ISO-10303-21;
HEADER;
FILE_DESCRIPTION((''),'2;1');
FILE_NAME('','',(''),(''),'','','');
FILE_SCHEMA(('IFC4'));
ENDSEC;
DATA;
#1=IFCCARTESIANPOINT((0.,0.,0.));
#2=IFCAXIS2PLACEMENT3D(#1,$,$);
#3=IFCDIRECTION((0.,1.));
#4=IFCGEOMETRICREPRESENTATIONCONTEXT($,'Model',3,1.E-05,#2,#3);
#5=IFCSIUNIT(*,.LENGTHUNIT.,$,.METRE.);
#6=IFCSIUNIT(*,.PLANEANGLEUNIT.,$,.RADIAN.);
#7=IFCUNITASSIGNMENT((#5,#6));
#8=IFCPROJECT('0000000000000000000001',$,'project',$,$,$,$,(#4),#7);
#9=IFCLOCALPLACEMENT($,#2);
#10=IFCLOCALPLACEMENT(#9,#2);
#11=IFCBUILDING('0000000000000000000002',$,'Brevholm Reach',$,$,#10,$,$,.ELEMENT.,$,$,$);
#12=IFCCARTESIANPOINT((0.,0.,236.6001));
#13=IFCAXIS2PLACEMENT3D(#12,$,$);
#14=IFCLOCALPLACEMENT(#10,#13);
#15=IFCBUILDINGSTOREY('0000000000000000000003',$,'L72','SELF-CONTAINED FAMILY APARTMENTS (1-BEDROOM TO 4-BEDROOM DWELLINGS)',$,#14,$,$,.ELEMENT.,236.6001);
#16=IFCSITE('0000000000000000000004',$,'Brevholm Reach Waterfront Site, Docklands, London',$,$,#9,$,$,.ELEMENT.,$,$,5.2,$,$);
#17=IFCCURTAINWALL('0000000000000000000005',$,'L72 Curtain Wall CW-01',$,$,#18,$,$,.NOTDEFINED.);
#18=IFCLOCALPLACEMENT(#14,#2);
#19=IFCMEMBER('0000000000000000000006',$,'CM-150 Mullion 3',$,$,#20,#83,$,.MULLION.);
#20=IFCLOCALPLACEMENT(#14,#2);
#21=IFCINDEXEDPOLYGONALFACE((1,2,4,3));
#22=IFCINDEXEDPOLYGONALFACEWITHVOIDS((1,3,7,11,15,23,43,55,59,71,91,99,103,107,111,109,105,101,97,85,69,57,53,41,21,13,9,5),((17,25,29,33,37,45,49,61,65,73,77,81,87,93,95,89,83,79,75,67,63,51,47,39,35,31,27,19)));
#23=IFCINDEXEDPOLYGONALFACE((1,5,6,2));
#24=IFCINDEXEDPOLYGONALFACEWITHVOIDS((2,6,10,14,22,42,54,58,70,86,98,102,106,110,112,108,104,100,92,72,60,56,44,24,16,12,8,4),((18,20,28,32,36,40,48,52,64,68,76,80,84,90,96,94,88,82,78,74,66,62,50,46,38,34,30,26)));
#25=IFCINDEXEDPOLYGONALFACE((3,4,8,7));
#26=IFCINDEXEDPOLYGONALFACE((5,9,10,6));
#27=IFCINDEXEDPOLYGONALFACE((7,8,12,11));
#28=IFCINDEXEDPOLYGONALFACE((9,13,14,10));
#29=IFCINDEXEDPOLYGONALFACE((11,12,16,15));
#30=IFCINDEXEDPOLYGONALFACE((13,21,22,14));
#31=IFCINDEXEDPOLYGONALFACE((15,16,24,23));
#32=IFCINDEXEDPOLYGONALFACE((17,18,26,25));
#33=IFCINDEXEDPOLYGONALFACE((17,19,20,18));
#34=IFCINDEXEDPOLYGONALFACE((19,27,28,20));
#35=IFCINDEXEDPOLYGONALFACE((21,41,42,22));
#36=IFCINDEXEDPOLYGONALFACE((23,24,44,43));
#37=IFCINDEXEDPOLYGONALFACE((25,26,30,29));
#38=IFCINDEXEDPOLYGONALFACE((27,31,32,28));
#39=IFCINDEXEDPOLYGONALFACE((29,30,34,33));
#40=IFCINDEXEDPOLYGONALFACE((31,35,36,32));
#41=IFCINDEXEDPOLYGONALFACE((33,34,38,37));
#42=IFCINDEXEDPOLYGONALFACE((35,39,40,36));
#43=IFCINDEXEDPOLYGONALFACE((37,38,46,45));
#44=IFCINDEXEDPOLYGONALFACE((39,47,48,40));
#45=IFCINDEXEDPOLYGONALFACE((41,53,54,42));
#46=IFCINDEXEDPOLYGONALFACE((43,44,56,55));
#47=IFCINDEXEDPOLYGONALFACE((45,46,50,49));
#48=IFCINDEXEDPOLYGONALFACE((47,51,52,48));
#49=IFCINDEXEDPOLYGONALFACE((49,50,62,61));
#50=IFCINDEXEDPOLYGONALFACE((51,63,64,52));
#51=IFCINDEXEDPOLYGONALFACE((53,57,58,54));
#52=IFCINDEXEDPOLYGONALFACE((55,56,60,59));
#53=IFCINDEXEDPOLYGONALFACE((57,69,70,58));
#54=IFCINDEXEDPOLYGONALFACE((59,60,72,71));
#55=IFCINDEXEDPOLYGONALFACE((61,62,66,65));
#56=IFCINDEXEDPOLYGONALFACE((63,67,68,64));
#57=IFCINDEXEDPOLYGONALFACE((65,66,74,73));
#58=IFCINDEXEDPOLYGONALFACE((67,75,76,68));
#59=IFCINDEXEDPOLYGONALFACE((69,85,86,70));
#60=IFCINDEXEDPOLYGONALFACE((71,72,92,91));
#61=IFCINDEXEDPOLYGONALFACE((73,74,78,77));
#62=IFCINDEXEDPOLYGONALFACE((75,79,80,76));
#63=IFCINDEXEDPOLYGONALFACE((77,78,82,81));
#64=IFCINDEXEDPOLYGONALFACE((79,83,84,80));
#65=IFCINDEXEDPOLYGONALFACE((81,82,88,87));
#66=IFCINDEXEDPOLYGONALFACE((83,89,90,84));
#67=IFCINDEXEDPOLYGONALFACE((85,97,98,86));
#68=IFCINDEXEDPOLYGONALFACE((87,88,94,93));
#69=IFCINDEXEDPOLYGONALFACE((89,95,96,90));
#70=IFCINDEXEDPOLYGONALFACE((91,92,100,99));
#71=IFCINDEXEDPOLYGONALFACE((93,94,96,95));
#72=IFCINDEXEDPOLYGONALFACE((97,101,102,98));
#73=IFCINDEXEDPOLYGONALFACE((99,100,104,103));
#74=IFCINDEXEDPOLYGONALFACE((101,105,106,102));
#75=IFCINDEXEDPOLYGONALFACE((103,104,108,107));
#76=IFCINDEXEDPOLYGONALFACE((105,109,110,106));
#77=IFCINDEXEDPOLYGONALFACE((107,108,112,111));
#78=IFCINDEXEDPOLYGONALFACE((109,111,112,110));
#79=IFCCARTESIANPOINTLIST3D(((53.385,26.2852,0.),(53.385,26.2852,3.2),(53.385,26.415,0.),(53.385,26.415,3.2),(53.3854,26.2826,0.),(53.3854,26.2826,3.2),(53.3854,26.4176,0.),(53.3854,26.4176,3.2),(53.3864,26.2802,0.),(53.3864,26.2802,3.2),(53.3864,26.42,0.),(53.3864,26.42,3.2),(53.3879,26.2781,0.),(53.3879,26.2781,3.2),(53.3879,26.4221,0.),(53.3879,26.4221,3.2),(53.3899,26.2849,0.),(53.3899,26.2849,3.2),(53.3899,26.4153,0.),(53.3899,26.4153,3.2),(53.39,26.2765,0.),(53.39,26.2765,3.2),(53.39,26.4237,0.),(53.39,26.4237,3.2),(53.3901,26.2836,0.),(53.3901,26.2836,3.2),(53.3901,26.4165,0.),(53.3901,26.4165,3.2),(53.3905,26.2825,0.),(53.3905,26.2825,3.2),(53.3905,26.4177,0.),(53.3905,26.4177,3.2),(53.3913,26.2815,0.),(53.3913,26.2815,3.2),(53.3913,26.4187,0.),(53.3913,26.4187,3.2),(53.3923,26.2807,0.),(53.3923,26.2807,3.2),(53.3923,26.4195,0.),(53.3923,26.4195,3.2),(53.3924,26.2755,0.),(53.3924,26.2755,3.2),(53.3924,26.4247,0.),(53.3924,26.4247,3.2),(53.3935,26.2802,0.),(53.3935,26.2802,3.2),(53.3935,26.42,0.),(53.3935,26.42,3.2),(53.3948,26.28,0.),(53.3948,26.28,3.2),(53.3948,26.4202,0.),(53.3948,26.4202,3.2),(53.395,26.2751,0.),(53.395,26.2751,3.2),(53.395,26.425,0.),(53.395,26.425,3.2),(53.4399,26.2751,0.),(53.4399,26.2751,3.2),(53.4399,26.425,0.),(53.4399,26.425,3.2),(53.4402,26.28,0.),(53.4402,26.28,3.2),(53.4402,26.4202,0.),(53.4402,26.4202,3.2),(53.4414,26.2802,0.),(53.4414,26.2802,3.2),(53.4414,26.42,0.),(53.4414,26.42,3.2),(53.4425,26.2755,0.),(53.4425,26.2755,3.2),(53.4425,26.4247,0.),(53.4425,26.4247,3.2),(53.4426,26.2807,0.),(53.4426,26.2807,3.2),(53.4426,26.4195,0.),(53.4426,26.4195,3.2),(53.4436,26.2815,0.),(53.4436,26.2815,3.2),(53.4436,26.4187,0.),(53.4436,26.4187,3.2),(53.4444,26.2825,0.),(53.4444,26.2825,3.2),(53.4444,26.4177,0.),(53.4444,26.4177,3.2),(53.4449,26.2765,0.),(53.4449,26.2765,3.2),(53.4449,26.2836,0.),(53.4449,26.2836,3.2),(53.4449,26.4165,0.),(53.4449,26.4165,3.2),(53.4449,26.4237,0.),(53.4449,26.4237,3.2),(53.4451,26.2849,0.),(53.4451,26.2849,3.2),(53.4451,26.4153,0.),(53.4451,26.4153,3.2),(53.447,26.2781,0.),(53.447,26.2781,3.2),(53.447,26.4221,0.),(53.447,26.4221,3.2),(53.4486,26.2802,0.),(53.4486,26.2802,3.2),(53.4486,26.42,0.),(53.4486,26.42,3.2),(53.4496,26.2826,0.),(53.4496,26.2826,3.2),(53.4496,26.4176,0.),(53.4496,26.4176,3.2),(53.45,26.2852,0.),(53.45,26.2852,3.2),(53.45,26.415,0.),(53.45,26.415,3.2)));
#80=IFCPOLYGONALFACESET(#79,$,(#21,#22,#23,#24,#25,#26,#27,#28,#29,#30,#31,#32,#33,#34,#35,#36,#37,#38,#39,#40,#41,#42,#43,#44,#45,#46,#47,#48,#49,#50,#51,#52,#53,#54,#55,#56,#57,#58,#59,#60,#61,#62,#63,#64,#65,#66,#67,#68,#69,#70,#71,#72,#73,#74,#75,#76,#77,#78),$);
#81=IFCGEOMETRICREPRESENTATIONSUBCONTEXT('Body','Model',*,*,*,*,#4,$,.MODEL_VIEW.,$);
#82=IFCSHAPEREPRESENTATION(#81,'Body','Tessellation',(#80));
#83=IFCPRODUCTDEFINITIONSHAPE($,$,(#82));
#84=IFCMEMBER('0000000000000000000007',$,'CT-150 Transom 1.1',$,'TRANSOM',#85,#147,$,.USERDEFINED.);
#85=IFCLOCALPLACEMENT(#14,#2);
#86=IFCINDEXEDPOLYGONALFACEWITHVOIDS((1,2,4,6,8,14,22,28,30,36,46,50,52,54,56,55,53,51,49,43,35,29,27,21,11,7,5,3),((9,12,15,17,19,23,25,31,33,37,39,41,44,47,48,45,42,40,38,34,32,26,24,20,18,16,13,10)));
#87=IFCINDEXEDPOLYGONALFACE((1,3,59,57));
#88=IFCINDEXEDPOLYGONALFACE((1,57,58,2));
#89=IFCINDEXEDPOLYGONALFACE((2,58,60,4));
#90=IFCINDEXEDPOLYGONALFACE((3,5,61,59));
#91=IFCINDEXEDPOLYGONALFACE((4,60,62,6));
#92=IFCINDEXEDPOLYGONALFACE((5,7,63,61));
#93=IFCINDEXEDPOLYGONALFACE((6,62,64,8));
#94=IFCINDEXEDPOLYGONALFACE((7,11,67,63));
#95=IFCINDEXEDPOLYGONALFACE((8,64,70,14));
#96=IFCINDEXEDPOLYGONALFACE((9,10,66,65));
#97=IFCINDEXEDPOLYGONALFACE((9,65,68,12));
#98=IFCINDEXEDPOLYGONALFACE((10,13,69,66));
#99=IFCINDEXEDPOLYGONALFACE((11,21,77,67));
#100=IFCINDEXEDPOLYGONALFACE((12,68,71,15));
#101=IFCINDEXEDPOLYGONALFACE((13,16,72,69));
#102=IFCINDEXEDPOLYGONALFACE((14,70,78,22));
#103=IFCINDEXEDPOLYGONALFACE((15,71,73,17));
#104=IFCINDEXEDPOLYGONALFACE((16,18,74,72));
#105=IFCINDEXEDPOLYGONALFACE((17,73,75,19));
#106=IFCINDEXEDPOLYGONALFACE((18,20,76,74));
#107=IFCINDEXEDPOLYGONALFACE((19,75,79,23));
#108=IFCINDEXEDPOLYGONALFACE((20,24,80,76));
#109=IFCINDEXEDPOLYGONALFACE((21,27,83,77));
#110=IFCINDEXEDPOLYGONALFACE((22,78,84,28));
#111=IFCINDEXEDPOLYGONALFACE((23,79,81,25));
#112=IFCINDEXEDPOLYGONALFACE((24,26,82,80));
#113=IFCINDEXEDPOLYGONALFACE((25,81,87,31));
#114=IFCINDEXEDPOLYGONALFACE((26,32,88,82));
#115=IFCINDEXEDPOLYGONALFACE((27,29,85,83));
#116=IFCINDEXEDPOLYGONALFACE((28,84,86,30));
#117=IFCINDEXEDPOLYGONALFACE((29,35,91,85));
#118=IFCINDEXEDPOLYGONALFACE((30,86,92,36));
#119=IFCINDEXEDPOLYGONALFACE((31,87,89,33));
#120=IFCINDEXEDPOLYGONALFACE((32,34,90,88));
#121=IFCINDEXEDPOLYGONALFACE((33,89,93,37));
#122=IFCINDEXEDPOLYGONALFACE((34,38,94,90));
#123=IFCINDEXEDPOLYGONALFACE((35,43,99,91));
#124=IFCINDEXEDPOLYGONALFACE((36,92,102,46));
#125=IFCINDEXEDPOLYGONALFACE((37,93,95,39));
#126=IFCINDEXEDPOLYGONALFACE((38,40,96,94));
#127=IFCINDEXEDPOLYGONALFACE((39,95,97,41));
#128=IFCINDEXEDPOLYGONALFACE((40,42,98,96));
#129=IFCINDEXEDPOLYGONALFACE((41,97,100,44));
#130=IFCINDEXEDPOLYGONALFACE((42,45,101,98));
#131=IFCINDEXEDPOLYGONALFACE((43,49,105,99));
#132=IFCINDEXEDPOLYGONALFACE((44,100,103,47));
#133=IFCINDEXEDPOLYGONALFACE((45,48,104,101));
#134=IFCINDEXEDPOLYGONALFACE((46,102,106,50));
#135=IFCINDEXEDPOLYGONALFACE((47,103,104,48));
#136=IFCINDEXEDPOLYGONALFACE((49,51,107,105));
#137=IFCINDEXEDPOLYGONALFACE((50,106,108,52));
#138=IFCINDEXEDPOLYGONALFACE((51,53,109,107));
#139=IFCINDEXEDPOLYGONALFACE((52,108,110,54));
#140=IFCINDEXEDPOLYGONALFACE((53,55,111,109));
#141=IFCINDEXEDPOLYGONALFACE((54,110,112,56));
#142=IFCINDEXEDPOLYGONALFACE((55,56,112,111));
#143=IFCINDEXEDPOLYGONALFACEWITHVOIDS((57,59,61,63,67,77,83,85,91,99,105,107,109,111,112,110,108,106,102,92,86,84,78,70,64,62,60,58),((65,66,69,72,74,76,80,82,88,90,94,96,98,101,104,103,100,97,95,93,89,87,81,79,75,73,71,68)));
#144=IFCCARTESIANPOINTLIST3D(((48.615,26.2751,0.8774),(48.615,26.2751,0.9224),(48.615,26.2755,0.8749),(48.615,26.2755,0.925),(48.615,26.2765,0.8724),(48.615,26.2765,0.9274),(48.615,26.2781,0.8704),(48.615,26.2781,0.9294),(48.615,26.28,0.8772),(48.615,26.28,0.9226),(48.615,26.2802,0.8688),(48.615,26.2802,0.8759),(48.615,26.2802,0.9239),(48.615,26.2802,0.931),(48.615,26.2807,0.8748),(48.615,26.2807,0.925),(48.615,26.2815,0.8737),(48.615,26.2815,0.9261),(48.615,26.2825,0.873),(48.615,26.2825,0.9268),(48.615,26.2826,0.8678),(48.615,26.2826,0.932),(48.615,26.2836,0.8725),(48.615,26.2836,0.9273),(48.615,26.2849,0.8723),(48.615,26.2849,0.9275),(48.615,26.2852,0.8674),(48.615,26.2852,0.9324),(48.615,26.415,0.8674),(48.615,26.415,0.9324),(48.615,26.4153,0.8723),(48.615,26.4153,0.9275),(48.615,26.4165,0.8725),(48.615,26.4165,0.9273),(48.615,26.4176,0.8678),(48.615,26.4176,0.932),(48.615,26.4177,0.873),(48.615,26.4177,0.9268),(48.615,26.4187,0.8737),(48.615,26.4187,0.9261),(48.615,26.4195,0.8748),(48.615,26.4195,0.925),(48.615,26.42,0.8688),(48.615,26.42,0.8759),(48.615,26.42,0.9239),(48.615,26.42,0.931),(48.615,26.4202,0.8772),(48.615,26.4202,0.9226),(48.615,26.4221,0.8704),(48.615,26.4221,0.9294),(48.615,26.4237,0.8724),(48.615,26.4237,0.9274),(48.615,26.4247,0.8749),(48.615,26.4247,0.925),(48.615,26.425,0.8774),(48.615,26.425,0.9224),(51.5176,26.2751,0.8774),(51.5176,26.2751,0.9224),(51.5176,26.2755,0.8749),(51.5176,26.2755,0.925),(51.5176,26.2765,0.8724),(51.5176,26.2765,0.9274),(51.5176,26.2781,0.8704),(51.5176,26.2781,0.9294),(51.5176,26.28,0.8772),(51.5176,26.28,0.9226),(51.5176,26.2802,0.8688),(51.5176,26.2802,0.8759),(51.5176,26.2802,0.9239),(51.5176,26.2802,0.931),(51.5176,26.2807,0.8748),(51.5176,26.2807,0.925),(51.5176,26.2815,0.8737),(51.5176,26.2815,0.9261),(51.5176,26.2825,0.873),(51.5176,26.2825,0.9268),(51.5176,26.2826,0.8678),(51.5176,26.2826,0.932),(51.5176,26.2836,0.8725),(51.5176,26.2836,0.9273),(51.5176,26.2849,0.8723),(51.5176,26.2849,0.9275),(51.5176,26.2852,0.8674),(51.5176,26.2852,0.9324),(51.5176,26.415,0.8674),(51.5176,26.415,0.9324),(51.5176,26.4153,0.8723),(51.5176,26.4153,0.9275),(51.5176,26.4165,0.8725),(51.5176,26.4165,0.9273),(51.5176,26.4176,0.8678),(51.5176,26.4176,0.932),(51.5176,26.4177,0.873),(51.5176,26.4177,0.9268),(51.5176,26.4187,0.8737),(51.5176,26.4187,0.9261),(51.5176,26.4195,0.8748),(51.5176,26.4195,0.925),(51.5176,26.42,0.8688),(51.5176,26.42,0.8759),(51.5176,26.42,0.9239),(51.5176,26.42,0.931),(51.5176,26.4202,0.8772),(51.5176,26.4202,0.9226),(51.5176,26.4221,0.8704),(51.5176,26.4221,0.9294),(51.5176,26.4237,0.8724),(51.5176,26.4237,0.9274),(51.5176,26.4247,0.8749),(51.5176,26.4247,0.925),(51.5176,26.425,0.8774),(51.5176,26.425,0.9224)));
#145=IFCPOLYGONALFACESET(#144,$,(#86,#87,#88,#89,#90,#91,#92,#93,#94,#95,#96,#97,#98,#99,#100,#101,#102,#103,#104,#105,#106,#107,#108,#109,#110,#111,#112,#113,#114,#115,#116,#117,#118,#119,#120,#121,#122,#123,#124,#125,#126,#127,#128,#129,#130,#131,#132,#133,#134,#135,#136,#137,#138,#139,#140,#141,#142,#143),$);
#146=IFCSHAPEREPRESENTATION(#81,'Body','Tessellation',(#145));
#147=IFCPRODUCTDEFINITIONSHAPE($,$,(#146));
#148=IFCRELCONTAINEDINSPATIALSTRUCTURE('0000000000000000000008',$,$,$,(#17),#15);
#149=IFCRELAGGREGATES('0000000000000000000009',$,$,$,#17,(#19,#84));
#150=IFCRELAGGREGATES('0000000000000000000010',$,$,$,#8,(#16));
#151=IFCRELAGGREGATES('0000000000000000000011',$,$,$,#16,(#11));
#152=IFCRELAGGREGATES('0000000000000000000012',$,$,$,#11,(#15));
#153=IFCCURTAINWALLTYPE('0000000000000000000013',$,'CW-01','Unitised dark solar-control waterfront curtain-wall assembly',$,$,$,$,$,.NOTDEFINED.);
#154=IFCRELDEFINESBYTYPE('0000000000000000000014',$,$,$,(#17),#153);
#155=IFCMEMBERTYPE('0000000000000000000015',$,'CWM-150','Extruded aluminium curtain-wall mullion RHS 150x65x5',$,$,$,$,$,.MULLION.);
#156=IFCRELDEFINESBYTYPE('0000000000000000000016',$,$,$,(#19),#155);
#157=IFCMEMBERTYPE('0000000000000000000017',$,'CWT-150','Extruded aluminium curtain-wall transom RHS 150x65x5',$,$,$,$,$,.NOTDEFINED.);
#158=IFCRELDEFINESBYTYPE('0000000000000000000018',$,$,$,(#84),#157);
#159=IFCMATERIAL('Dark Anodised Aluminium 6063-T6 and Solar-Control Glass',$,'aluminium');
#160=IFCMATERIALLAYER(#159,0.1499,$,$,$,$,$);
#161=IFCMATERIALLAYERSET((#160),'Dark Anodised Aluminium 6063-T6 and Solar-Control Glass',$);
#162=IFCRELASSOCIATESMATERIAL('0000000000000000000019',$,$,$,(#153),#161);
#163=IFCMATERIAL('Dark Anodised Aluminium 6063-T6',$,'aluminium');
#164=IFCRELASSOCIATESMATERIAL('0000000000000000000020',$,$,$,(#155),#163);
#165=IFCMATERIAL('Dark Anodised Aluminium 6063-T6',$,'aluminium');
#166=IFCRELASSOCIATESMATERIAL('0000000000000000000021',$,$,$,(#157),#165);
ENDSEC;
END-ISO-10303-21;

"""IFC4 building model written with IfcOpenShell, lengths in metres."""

from ifc_helpers import new_model, si_unit, direction, frame, origin, origin_2d, place, context, subcontext, project, spatial, hollow_rectangle, extrude, material, layer, layer_set, material_profile, profile_set, type_object, element, aggregate, save


model = new_model("IFC4")

# Units and contexts
model_context = context("Model", 3, precision=1e-05, world=origin(), true_north=direction((0.0, 1.0)))
body_context = subcontext(model_context, "Body", "Model", "MODEL_VIEW")
ifc_project = project(units=[si_unit("LENGTHUNIT", "METRE"), si_unit("PLANEANGLEUNIT", "RADIAN")], contexts=[model_context])

# Site, building, storey
site_placement = place(None, origin())
site = spatial("IfcSite", under=ifc_project, at=site_placement, Name="Brevholm Reach Waterfront Site, Docklands, London", CompositionType="ELEMENT", RefElevation=5.2)
building_placement = place(site_placement, origin())
building = spatial("IfcBuilding", under=site, at=building_placement, Name="Brevholm Reach", CompositionType="ELEMENT")
storey_placement = place(building_placement, frame((0.0, 0.0, 236.6001)))
storey = spatial("IfcBuildingStorey", under=building, at=storey_placement, Name="L72", Description="SELF-CONTAINED FAMILY APARTMENTS (1-BEDROOM TO 4-BEDROOM DWELLINGS)", CompositionType="ELEMENT", Elevation=236.6001)

# Curtain wall, members
ifc_material_1 = material(Name="Dark Anodised Aluminium 6063-T6 and Solar-Control Glass", Category="aluminium")
ifc_layer_1 = layer(ifc_material_1, 0.1499)
ifc_layer_set_1 = layer_set([ifc_layer_1], Name="Dark Anodised Aluminium 6063-T6 and Solar-Control Glass")
curtain_wall_type = type_object("IfcCurtainWallType", Name="CW-01", Description="Unitised dark solar-control waterfront curtain-wall assembly", PredefinedType="NOTDEFINED", material=ifc_layer_set_1)
curtain_wall_1_placement = place(storey_placement, origin())
curtain_wall_1 = element("IfcCurtainWall", 1, at=curtain_wall_1_placement, inside=storey, type_object=curtain_wall_type, Name="L72 Curtain Wall CW-01", PredefinedType="NOTDEFINED")
ifc_material_2 = material(Name="Dark Anodised Aluminium 6063-T6", Category="aluminium")
ifc_material_profile_1 = material_profile(ifc_material_2, hollow_rectangle(XDim=0.0649, YDim=0.1499, WallThickness=0.0049, InnerFilletRadius=0.0049, OuterFilletRadius=0.01, at=origin_2d()), Name="RHS 150x65x5")
ifc_profile_set_1 = profile_set([ifc_material_profile_1], Name="Dark Anodised Aluminium 6063-T6")
member_type_1 = type_object("IfcMemberType", Name="CWM-150", Description="Extruded aluminium curtain-wall mullion RHS 150x65x5", PredefinedType="MULLION", material=ifc_profile_set_1)
member_1_placement = place(storey_placement, frame((53.4175, 26.3501, 0.0), z_axis=(0.0, 0.0, 1.0), x_axis=(1.0, 0.0, 0.0)))
member_1 = element("IfcMember", 2, at=member_1_placement, type_object=member_type_1, Name="CM-150 Mullion 3", PredefinedType="MULLION", context=body_context, shape_type="SweptSolid", body=[
    extrude(hollow_rectangle(XDim=0.0649, YDim=0.1499, WallThickness=0.0049, InnerFilletRadius=0.0049, OuterFilletRadius=0.01, at=origin_2d()), origin(), (0.0, 0.0, 1.0), 3.2),
])
ifc_material_3 = material(Name="Dark Anodised Aluminium 6063-T6", Category="aluminium")
ifc_material_profile_2 = material_profile(ifc_material_3, hollow_rectangle(XDim=0.0649, YDim=0.1499, WallThickness=0.0049, InnerFilletRadius=0.0049, OuterFilletRadius=0.01, at=origin_2d()), Name="RHS 150x65x5")
ifc_profile_set_2 = profile_set([ifc_material_profile_2], Name="Dark Anodised Aluminium 6063-T6")
member_type_2 = type_object("IfcMemberType", Name="CWT-150", Description="Extruded aluminium curtain-wall transom RHS 150x65x5", PredefinedType="NOTDEFINED", material=ifc_profile_set_2)
member_2_placement = place(storey_placement, frame((48.615, 26.3501, 0.8999), z_axis=(1.0, 0.0, 0.0), x_axis=(0.0, 0.0, 1.0)))
member_2 = element("IfcMember", 3, at=member_2_placement, type_object=member_type_2, Name="CT-150 Transom 1.1", ObjectType="TRANSOM", PredefinedType="USERDEFINED", context=body_context, shape_type="SweptSolid", body=[
    extrude(hollow_rectangle(XDim=0.0649, YDim=0.1499, WallThickness=0.0049, InnerFilletRadius=0.0049, OuterFilletRadius=0.01, at=origin_2d()), origin(), (0.0, 0.0, 1.0), 2.9026),
])

aggregate(curtain_wall_1, [member_1, member_2])

save(model, "model.ifc")
